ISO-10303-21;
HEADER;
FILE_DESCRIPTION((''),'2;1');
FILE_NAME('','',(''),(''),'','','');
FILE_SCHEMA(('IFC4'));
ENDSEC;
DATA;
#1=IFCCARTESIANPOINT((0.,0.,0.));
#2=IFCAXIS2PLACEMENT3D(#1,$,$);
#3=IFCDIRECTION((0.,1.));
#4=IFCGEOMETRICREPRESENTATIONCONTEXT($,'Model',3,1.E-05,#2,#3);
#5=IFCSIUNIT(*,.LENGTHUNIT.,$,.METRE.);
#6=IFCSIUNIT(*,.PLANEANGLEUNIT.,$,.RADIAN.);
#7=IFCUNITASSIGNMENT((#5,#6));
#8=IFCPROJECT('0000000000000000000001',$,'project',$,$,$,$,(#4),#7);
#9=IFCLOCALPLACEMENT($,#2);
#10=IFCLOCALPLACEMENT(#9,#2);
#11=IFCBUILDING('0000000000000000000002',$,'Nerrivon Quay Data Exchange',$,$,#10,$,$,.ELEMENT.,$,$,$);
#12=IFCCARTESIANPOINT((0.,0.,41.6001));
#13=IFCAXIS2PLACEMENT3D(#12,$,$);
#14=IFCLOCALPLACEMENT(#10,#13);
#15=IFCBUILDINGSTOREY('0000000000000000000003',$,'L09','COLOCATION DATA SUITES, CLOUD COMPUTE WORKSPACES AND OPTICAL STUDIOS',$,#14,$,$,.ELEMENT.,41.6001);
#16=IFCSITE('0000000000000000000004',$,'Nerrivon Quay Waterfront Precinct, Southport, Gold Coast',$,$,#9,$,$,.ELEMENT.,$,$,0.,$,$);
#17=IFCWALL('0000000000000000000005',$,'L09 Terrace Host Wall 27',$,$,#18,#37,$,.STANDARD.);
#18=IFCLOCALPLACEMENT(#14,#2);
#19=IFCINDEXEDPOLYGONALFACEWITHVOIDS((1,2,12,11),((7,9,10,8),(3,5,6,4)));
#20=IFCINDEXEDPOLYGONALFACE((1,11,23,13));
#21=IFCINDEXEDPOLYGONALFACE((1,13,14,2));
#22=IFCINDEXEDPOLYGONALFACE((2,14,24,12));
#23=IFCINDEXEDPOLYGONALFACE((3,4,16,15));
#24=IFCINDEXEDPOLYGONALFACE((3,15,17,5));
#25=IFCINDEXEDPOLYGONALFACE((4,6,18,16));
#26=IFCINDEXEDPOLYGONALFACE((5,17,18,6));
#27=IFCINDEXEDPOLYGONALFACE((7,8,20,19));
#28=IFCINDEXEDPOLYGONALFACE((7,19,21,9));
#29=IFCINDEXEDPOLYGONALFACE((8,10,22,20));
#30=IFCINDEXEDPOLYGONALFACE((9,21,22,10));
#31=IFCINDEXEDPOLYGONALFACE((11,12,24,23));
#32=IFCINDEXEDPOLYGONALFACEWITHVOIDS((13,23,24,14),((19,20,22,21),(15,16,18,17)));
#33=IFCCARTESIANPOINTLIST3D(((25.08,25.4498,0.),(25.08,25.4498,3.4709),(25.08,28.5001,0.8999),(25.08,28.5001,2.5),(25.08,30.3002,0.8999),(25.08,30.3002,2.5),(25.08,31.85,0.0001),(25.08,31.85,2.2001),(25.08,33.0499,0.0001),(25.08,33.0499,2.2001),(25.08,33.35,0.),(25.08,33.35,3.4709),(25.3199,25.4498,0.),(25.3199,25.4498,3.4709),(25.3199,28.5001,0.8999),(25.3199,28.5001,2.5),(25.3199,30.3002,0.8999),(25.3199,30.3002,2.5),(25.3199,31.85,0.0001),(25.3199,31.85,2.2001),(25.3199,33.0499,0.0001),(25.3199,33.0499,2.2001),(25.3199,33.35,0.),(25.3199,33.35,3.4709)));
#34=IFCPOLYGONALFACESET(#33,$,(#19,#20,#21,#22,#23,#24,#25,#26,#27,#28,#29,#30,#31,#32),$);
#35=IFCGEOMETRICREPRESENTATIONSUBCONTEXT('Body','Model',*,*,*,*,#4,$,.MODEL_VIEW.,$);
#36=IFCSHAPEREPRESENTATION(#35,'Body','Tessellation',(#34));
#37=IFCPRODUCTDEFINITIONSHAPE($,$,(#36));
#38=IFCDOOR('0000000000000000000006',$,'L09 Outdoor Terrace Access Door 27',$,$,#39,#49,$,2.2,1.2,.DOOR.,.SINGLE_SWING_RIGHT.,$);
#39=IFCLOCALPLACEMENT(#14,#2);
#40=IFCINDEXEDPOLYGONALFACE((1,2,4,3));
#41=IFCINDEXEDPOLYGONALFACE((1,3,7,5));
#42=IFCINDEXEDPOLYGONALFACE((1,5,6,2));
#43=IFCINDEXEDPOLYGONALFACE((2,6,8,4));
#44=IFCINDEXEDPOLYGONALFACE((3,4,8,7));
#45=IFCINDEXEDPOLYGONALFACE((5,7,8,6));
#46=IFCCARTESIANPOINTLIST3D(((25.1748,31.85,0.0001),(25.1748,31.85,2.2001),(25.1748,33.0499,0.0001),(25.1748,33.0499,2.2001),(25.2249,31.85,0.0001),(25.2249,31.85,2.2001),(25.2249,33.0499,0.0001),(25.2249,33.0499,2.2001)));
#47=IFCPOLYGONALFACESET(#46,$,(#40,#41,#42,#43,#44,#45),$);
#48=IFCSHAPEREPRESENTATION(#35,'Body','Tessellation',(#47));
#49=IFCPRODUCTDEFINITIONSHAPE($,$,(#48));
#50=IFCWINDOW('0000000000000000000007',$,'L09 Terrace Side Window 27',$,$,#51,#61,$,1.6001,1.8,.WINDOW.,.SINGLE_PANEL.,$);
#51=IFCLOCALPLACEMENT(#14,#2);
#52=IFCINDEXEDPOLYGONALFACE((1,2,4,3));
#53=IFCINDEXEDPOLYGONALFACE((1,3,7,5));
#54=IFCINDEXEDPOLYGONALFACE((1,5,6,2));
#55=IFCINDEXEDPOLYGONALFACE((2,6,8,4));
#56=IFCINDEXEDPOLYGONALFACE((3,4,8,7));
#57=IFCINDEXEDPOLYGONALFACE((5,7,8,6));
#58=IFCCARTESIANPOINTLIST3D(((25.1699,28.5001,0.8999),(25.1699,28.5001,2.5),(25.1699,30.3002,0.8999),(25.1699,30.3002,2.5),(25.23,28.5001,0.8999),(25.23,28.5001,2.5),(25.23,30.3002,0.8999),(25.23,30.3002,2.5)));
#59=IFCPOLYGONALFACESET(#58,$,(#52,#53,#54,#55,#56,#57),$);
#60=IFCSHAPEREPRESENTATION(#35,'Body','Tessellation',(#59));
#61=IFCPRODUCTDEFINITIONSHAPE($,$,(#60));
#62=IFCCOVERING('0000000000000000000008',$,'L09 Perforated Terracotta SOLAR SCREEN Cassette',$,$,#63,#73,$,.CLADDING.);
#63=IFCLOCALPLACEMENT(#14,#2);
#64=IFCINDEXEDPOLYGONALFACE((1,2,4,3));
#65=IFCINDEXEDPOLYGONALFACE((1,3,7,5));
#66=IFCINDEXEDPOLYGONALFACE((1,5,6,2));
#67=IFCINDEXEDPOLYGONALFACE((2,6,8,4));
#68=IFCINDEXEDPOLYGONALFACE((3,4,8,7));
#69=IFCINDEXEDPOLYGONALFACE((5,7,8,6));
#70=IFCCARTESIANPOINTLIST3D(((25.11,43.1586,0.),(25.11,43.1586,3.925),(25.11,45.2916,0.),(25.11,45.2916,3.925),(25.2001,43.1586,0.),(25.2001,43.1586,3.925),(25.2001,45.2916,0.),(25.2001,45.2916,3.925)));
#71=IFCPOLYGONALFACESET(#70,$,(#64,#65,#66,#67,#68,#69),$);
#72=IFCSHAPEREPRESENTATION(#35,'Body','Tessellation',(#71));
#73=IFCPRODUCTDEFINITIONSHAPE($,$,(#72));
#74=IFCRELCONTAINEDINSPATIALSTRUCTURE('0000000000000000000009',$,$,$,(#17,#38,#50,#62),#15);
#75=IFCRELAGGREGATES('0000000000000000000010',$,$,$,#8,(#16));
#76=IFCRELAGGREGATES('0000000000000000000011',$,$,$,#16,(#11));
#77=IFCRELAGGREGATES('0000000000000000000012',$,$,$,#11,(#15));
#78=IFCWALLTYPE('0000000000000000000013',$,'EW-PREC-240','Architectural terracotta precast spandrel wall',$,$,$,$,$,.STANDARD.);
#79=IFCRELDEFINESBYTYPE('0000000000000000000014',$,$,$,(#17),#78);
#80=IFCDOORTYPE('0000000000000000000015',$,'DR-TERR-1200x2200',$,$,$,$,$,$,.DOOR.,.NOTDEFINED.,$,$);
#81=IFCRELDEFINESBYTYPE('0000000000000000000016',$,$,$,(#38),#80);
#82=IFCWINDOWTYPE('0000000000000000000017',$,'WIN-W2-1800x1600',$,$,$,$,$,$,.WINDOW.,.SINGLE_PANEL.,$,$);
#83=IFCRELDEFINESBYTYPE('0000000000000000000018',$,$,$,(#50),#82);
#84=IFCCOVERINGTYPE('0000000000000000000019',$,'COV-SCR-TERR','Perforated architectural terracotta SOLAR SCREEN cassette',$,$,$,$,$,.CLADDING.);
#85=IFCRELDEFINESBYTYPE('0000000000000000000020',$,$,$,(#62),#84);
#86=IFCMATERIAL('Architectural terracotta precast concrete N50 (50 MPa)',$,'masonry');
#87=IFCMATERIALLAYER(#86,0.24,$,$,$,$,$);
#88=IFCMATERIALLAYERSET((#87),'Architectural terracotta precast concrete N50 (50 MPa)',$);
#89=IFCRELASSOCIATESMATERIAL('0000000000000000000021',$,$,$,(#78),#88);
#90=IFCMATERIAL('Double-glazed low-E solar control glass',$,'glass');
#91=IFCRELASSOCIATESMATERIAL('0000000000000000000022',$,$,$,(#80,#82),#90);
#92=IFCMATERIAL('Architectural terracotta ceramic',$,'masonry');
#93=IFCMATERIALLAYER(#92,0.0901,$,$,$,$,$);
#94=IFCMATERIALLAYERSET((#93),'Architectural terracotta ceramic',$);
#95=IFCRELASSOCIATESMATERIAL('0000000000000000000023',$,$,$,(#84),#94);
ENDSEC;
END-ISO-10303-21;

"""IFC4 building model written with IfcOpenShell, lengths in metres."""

from ifc_helpers import new_model, si_unit, direction, frame, frame_2d, origin, origin_2d, place, context, subcontext, project, spatial, rectangle, extrude, material, layer, layer_set, type_object, element, fill, save


model = new_model("IFC4")

# Units and contexts
model_context = context("Model", 3, precision=1e-05, world=origin(), true_north=direction((0.0, 1.0)))
body_context = subcontext(model_context, "Body", "Model", "MODEL_VIEW")
ifc_project = project(units=[si_unit("LENGTHUNIT", "METRE"), si_unit("PLANEANGLEUNIT", "RADIAN")], contexts=[model_context])

# Site, building, storey
site_placement = place(None, origin())
site = spatial("IfcSite", under=ifc_project, at=site_placement, Name="Nerrivon Quay Waterfront Precinct, Southport, Gold Coast", CompositionType="ELEMENT", RefElevation=0.0)
building_placement = place(site_placement, origin())
building = spatial("IfcBuilding", under=site, at=building_placement, Name="Nerrivon Quay Data Exchange", CompositionType="ELEMENT")
storey_placement = place(building_placement, frame((0.0, 0.0, 41.6001)))
storey = spatial("IfcBuildingStorey", under=building, at=storey_placement, Name="L09", Description="COLOCATION DATA SUITES, CLOUD COMPUTE WORKSPACES AND OPTICAL STUDIOS", CompositionType="ELEMENT", Elevation=41.6001)

# Shared definitions
ifc_material_1 = material(Name="Double-glazed low-E solar control glass", Category="glass")

# Shared definitions
ifc_material_2 = material(Name="Architectural terracotta precast concrete N50 (50 MPa)", Category="masonry")
ifc_layer_1 = layer(ifc_material_2, 0.24)
ifc_layer_set_1 = layer_set([ifc_layer_1], Name="Architectural terracotta precast concrete N50 (50 MPa)")
wall_type = type_object("IfcWallType", Name="EW-PREC-240", Description="Architectural terracotta precast spandrel wall", PredefinedType="STANDARD", material=ifc_layer_set_1)
door_type = type_object("IfcDoorType", Name="DR-TERR-1200x2200", OperationType="NOTDEFINED", PredefinedType="DOOR", material=ifc_material_1)

# Wall, openings, door, window
wall_1_placement = place(storey_placement, frame((25.2, 33.3501, 0.0), z_axis=(0.0, 0.0, 1.0), x_axis=(0.0, -1.0, 0.0)))
wall_1 = element("IfcWall", 1, at=wall_1_placement, inside=storey, type_object=wall_type, Name="L09 Terrace Host Wall 27", PredefinedType="STANDARD", context=body_context, shape_type="SweptSolid", body=[
    extrude(rectangle(XDim=7.9001, YDim=0.24, at=frame_2d((3.9502, 0.0))), origin(), (0.0, 0.0, 1.0), 3.4709),
])
opening_1_placement = place(wall_1_placement, frame((0.3, 0.0, 0.0)))
opening_1 = element("IfcOpeningElement", 2, at=opening_1_placement, cuts=wall_1, PredefinedType="OPENING", context=body_context, shape_type="SweptSolid", body=[
    extrude(rectangle(XDim=1.2, YDim=2.2, at=frame_2d((0.6001, 1.1001))), frame((0.0, 0.1299, 0.0), z_axis=(0.0, -1.0, 0.0), x_axis=(1.0, 0.0, 0.0)), (0.0, 0.0, 1.0), 0.26),
])
opening_2_placement = place(wall_1_placement, frame((3.05, 0.0, 0.8999)))
opening_2 = element("IfcOpeningElement", 3, at=opening_2_placement, cuts=wall_1, PredefinedType="OPENING", context=body_context, shape_type="SweptSolid", body=[
    extrude(rectangle(XDim=1.8, YDim=1.6001, at=frame_2d((0.8999, 0.8))), frame((0.0, 0.1299, 0.0), z_axis=(0.0, -1.0, 0.0), x_axis=(1.0, 0.0, 0.0)), (0.0, 0.0, 1.0), 0.26),
])
door_1_placement = place(opening_1_placement, origin())
door_1 = element("IfcDoor", 4, at=door_1_placement, inside=storey, type_object=door_type, Name="L09 Outdoor Terrace Access Door 27", OperationType="SINGLE_SWING_RIGHT", OverallHeight=2.2, OverallWidth=1.2, PredefinedType="DOOR", context=body_context, shape_type="SweptSolid", body=[
    extrude(rectangle(XDim=1.2, YDim=2.2, at=frame_2d((0.6001, 1.1001))), frame((0.0, 0.0249, 0.0), z_axis=(0.0, -1.0, 0.0), x_axis=(1.0, 0.0, 0.0)), (0.0, 0.0, 1.0), 0.05),
])
fill(opening_1, door_1)
window_type = type_object("IfcWindowType", Name="WIN-W2-1800x1600", PartitioningType="SINGLE_PANEL", PredefinedType="WINDOW", material=ifc_material_1)
window_placement = place(opening_2_placement, origin())
window = element("IfcWindow", 5, at=window_placement, inside=storey, type_object=window_type, Name="L09 Terrace Side Window 27", OverallHeight=1.6001, OverallWidth=1.8, PartitioningType="SINGLE_PANEL", PredefinedType="WINDOW", context=body_context, shape_type="SweptSolid", body=[
    extrude(rectangle(XDim=1.8, YDim=1.6001, at=frame_2d((0.8999, 0.8))), frame((0.0, 0.03, 0.0), z_axis=(0.0, -1.0, 0.0), x_axis=(1.0, 0.0, 0.0)), (0.0, 0.0, 1.0), 0.0601),
])
fill(opening_2, window)

# Covering
ifc_material_3 = material(Name="Architectural terracotta ceramic", Category="masonry")
ifc_layer_2 = layer(ifc_material_3, 0.0901)
ifc_layer_set_2 = layer_set([ifc_layer_2], Name="Architectural terracotta ceramic")
covering_type = type_object("IfcCoveringType", Name="COV-SCR-TERR", Description="Perforated architectural terracotta SOLAR SCREEN cassette", PredefinedType="CLADDING", material=ifc_layer_set_2)
covering_placement = place(storey_placement, frame((25.155, 44.2251, 0.0), z_axis=(0.0, 0.0, 1.0), x_axis=(0.0, -1.0, 0.0)))
element("IfcCovering", 6, at=covering_placement, inside=storey, type_object=covering_type, Name="L09 Perforated Terracotta SOLAR SCREEN Cassette", PredefinedType="CLADDING", context=body_context, shape_type="SweptSolid", body=[
    extrude(rectangle(XDim=2.1331, YDim=0.0901, at=origin_2d()), origin(), (0.0, 0.0, 1.0), 3.925),
])

save(model, "model.ifc")
